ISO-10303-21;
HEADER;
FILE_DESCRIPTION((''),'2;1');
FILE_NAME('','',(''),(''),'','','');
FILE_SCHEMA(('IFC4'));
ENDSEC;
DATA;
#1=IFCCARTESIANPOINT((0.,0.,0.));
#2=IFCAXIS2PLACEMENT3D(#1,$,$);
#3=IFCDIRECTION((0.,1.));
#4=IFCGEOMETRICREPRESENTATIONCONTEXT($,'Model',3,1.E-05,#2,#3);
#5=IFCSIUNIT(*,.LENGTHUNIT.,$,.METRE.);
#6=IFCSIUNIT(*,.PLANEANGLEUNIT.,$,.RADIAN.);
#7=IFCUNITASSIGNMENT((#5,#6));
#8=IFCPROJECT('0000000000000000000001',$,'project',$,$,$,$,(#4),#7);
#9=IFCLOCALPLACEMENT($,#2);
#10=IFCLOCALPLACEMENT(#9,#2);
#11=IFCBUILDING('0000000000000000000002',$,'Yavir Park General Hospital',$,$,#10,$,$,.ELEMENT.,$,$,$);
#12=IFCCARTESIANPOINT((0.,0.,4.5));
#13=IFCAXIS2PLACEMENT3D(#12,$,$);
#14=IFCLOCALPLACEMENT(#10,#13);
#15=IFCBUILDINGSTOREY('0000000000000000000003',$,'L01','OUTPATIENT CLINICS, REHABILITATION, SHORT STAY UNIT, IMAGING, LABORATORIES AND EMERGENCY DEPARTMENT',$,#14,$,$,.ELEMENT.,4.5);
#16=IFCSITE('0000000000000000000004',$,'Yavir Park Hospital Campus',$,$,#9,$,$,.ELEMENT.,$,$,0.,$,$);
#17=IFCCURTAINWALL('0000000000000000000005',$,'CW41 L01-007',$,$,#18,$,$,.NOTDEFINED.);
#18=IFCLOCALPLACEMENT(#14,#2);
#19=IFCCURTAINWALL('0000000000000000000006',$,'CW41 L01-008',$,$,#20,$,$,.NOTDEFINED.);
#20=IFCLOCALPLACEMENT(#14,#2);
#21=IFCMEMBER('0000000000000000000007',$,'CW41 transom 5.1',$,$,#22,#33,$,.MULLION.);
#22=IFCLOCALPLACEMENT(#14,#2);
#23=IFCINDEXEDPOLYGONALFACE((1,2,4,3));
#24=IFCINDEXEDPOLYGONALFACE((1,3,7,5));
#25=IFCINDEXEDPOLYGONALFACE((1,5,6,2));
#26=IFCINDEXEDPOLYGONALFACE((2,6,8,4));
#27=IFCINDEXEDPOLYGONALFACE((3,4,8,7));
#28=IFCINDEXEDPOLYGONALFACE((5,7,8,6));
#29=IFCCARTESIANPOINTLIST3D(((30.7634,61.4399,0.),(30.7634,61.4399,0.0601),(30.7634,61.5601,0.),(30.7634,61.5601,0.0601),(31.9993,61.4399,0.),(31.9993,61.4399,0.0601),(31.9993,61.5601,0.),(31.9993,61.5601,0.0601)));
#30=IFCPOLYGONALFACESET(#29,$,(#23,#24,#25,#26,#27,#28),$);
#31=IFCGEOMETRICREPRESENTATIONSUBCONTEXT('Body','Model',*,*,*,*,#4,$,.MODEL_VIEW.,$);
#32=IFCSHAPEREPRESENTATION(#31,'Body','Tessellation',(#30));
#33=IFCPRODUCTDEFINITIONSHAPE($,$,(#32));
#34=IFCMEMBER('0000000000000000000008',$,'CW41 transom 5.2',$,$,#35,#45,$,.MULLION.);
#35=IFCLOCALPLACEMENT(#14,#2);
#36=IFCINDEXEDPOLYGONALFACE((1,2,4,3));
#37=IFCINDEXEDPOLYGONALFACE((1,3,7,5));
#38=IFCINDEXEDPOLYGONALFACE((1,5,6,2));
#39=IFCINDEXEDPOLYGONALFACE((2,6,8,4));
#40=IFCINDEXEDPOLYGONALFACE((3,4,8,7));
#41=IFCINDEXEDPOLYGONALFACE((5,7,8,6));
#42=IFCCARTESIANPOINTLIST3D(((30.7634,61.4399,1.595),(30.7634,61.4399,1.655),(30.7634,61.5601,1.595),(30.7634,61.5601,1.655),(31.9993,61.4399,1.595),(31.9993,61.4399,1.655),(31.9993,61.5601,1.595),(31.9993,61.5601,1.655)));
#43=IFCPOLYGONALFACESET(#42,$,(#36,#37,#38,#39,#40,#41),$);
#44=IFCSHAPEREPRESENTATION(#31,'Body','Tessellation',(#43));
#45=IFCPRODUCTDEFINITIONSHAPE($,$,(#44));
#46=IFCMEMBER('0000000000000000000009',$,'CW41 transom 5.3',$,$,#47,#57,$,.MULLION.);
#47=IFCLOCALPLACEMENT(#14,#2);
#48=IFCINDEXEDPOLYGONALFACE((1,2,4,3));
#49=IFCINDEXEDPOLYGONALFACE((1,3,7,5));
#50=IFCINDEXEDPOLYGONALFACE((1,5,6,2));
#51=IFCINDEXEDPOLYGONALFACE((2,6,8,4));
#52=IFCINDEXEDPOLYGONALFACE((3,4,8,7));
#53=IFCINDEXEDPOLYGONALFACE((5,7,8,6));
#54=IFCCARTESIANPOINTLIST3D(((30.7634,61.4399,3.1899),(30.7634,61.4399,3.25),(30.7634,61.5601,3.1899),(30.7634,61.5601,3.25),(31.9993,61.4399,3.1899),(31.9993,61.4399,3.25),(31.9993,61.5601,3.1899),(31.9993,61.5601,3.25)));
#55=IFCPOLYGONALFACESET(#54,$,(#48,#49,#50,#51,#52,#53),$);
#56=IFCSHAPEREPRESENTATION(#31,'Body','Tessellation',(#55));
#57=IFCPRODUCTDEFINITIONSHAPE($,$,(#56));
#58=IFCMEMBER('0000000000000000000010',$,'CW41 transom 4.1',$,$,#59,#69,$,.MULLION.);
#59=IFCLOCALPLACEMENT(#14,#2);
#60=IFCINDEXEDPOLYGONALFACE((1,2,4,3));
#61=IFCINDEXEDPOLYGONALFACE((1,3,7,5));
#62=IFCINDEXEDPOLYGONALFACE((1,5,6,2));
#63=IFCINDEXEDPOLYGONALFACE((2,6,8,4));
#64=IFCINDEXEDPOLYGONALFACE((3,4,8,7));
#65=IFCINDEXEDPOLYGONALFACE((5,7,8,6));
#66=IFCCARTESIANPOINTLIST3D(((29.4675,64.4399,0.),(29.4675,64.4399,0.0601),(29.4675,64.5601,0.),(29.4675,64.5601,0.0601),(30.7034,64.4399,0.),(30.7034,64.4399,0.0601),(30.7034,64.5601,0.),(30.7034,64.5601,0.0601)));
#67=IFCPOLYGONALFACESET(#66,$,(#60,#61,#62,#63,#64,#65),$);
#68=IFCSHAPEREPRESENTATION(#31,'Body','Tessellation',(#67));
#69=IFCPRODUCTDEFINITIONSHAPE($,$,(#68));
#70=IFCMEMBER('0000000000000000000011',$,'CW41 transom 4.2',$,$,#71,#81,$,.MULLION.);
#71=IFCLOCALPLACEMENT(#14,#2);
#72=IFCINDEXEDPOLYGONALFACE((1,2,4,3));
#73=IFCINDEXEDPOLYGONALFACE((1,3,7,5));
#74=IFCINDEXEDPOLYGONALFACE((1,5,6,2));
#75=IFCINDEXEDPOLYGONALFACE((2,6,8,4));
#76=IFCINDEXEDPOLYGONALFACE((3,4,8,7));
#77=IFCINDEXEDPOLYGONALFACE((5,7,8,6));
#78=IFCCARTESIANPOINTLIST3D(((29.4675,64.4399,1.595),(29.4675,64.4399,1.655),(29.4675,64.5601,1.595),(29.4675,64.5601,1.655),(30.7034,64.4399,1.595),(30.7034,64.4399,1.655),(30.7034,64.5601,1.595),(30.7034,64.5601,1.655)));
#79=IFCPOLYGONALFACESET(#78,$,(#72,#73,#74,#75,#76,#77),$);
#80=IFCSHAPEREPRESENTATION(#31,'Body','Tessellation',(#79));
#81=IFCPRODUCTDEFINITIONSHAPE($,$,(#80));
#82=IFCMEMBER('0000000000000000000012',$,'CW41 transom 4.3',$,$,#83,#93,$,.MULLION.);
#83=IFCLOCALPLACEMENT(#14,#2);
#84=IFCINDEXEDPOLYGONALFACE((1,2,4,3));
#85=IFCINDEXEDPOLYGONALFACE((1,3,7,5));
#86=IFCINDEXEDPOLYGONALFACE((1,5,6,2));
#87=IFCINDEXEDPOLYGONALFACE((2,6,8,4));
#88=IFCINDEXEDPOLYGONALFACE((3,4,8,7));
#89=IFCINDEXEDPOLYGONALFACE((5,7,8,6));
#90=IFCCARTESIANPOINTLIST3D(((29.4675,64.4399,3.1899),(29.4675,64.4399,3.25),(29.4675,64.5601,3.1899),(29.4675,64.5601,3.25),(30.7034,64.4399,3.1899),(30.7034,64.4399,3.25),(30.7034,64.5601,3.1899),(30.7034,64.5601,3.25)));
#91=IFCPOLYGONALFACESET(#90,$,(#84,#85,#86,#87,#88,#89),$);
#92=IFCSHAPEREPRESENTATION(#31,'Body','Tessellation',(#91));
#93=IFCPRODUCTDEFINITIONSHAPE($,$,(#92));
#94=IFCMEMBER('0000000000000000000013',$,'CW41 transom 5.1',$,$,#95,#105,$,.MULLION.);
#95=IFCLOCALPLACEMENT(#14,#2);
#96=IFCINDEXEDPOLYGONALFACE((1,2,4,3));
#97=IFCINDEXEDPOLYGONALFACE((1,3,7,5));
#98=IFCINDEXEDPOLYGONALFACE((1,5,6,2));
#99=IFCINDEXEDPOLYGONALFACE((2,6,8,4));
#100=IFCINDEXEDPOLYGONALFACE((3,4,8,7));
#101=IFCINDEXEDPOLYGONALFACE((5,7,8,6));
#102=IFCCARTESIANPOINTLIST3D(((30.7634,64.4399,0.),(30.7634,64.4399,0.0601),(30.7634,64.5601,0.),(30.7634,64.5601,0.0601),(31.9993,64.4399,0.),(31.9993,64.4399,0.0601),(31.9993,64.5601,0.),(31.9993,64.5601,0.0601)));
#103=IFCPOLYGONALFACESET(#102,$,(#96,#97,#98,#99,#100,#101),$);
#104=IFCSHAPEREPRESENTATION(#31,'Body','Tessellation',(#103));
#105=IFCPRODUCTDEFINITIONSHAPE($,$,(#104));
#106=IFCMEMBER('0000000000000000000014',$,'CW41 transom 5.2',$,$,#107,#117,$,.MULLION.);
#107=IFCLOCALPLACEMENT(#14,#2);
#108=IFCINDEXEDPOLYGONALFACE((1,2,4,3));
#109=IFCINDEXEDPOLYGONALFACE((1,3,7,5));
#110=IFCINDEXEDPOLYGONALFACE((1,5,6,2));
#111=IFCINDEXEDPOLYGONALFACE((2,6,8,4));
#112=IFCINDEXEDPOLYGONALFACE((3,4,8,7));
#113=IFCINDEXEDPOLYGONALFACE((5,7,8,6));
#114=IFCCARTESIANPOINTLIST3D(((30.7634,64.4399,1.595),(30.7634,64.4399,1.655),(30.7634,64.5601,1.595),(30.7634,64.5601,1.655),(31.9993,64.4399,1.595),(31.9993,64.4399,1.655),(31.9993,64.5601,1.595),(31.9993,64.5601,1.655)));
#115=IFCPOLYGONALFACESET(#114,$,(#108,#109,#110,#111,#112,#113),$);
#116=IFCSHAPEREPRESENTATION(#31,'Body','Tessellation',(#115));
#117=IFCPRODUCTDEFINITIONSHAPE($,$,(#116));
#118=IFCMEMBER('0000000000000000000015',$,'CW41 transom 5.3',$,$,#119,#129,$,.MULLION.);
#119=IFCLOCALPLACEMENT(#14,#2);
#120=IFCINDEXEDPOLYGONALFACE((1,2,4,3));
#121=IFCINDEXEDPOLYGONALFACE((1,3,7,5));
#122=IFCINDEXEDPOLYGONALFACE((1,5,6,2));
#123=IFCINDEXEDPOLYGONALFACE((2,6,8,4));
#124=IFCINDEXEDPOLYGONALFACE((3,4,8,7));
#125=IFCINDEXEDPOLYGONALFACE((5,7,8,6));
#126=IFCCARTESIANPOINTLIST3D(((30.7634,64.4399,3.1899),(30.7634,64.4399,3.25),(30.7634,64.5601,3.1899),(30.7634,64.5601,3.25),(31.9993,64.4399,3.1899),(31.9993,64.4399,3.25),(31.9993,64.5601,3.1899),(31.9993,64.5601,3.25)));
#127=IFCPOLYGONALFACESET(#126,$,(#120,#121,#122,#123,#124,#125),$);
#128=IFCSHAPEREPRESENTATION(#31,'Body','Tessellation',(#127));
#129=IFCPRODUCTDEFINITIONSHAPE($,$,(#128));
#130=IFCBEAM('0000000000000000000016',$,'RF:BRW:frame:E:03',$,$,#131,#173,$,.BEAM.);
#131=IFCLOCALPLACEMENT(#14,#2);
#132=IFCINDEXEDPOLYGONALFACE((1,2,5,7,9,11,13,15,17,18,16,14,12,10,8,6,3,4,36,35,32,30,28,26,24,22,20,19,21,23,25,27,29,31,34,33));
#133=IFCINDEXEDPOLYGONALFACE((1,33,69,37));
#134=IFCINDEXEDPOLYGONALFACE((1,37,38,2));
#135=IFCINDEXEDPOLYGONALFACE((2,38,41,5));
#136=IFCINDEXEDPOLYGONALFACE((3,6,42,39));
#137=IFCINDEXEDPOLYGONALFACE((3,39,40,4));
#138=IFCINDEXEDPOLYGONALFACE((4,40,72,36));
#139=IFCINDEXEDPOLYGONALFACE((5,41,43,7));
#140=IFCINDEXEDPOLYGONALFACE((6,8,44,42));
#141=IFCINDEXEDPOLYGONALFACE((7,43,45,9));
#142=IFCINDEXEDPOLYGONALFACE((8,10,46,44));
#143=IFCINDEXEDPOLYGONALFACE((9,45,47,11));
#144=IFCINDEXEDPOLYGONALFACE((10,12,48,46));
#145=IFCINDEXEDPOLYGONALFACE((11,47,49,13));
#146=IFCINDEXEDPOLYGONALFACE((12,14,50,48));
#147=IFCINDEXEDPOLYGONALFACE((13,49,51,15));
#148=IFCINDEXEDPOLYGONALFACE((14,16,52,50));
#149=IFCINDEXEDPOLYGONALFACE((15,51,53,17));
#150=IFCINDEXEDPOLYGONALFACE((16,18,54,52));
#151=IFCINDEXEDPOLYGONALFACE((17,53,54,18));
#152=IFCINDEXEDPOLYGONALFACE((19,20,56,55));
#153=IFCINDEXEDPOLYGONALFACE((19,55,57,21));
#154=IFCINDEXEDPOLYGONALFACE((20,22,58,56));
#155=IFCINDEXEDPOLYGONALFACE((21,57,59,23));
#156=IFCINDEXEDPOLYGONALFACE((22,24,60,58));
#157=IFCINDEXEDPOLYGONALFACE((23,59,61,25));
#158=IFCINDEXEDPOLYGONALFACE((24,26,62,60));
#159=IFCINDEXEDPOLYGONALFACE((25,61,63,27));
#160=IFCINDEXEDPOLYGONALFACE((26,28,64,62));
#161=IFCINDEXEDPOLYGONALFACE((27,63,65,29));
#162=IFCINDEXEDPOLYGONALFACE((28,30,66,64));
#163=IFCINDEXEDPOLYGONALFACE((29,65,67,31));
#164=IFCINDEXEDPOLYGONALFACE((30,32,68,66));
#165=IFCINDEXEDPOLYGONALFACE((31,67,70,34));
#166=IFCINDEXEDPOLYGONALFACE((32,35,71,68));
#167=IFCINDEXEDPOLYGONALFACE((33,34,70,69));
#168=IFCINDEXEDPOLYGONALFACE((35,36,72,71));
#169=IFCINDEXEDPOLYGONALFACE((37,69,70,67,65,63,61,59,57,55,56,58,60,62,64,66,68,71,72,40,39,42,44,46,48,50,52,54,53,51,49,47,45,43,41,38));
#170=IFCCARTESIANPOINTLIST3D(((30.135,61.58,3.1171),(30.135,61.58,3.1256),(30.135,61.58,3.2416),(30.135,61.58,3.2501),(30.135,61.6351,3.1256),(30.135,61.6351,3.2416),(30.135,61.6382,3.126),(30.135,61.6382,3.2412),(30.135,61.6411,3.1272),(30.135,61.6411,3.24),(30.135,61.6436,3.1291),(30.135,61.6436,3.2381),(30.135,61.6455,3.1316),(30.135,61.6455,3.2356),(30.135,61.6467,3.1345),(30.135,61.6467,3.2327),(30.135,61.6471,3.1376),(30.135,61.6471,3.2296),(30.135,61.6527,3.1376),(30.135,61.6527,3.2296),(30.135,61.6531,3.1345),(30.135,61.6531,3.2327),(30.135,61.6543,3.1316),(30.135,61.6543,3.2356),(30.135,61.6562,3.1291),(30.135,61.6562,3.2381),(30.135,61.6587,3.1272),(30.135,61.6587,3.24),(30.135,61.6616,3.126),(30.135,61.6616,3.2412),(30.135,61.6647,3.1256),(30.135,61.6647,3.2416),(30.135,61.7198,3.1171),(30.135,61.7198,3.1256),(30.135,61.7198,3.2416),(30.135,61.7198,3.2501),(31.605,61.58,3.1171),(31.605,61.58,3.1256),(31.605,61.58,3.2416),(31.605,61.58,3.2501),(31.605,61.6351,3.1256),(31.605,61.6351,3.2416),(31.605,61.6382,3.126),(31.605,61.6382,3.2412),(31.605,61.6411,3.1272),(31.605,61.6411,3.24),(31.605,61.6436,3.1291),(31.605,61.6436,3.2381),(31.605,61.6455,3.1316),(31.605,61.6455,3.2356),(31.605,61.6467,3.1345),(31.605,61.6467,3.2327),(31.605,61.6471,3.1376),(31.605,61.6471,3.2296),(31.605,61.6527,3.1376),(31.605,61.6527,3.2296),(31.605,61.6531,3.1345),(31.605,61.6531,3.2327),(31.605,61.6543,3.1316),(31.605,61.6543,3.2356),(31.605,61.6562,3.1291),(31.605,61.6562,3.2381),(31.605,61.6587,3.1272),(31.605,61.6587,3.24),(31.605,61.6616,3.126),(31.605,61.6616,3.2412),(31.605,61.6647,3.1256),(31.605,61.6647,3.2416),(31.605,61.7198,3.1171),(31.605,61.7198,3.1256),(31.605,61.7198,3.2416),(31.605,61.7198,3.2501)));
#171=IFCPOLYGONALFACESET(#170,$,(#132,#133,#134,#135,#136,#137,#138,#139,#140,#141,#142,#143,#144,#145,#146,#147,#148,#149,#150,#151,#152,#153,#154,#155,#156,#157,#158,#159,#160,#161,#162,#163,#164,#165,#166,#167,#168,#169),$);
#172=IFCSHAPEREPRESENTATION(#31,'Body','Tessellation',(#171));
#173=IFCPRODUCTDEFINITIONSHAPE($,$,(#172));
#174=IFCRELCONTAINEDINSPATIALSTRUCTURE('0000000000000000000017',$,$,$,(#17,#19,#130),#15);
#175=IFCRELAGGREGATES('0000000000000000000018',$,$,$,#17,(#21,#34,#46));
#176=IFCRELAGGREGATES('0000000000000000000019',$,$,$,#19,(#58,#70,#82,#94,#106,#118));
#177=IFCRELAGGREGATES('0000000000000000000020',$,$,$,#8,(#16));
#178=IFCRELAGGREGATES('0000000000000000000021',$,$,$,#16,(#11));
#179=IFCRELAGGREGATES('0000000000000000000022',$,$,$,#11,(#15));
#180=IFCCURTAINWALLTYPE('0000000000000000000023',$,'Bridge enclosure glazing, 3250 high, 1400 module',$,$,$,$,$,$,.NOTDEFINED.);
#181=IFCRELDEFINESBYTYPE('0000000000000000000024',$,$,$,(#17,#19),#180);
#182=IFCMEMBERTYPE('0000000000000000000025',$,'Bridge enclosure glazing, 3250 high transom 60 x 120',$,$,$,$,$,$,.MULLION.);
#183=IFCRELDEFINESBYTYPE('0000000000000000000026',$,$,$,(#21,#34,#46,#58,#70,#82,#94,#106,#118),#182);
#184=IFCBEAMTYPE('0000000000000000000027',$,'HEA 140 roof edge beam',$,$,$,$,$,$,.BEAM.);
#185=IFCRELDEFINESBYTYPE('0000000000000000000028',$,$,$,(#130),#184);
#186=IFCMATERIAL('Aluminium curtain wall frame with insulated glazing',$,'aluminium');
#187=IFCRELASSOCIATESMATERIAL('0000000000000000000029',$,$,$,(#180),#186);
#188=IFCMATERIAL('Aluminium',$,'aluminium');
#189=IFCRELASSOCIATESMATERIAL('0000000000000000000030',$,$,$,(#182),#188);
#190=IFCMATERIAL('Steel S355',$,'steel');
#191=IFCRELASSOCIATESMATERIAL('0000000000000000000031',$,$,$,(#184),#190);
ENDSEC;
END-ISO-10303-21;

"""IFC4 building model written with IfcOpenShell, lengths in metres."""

from ifc_helpers import new_model, si_unit, direction, frame, origin, origin_2d, place, context, subcontext, project, spatial, rectangle, i_section, extrude, material, material_profile, profile_set, type_object, element, aggregate, save


model = new_model("IFC4")

# Units and contexts
model_context = context("Model", 3, precision=1e-05, world=origin(), true_north=direction((0.0, 1.0)))
body_context = subcontext(model_context, "Body", "Model", "MODEL_VIEW")
ifc_project = project(units=[si_unit("LENGTHUNIT", "METRE"), si_unit("PLANEANGLEUNIT", "RADIAN")], contexts=[model_context])

# Site, building, storey
site_placement = place(None, origin())
site = spatial("IfcSite", under=ifc_project, at=site_placement, Name="Yavir Park Hospital Campus", CompositionType="ELEMENT", RefElevation=0.0)
building_placement = place(site_placement, origin())
building = spatial("IfcBuilding", under=site, at=building_placement, Name="Yavir Park General Hospital", CompositionType="ELEMENT")
storey_placement = place(building_placement, frame((0.0, 0.0, 4.5)))
storey = spatial("IfcBuildingStorey", under=building, at=storey_placement, Name="L01", Description="OUTPATIENT CLINICS, REHABILITATION, SHORT STAY UNIT, IMAGING, LABORATORIES AND EMERGENCY DEPARTMENT", CompositionType="ELEMENT", Elevation=4.5)

# Curtain walls
ifc_material_1 = material(Name="Aluminium curtain wall frame with insulated glazing", Category="aluminium")
curtain_wall_type = type_object("IfcCurtainWallType", Name="Bridge enclosure glazing, 3250 high, 1400 module", PredefinedType="NOTDEFINED", material=ifc_material_1)
curtain_wall_1_placement = place(storey_placement, origin())
curtain_wall_1 = element("IfcCurtainWall", 1, at=curtain_wall_1_placement, inside=storey, type_object=curtain_wall_type, Name="CW41 L01-007", PredefinedType="NOTDEFINED")
curtain_wall_2_placement = place(storey_placement, origin())
curtain_wall_2 = element("IfcCurtainWall", 2, at=curtain_wall_2_placement, inside=storey, type_object=curtain_wall_type, Name="CW41 L01-008", PredefinedType="NOTDEFINED")

# Members
ifc_material_2 = material(Name="Aluminium", Category="aluminium")
ifc_material_profile_1 = material_profile(ifc_material_2, rectangle(XDim=0.1201, YDim=0.0601, at=origin_2d()), Name="AL 120x60")
ifc_profile_set_1 = profile_set([ifc_material_profile_1], Name="Aluminium")
member_type_1 = type_object("IfcMemberType", Name="Bridge enclosure glazing, 3250 high transom 60 x 120", PredefinedType="MULLION", material=ifc_profile_set_1)
member_1_placement = place(storey_placement, frame((30.7634, 61.5, 0.03), z_axis=(1.0, 0.0, 0.0), x_axis=(0.0, 1.0, 0.0)))
member_1 = element("IfcMember", 3, at=member_1_placement, type_object=member_type_1, Name="CW41 transom 5.1", PredefinedType="MULLION", context=body_context, shape_type="SweptSolid", body=[
    extrude(rectangle(XDim=0.1201, YDim=0.0601, at=origin_2d()), origin(), (0.0, 0.0, 1.0), 1.2358),
])
member_2_placement = place(storey_placement, frame((30.7634, 61.5, 1.625), z_axis=(1.0, 0.0, 0.0), x_axis=(0.0, 1.0, 0.0)))
member_2 = element("IfcMember", 4, at=member_2_placement, type_object=member_type_1, Name="CW41 transom 5.2", PredefinedType="MULLION", context=body_context, shape_type="SweptSolid", body=[
    extrude(rectangle(XDim=0.1201, YDim=0.0601, at=origin_2d()), origin(), (0.0, 0.0, 1.0), 1.2358),
])
member_3_placement = place(storey_placement, frame((30.7634, 61.5, 3.22), z_axis=(1.0, 0.0, 0.0), x_axis=(0.0, 1.0, 0.0)))
member_3 = element("IfcMember", 5, at=member_3_placement, type_object=member_type_1, Name="CW41 transom 5.3", PredefinedType="MULLION", context=body_context, shape_type="SweptSolid", body=[
    extrude(rectangle(XDim=0.1201, YDim=0.0601, at=origin_2d()), origin(), (0.0, 0.0, 1.0), 1.2358),
])
member_4_placement = place(storey_placement, frame((29.4675, 64.5, 0.03), z_axis=(1.0, 0.0, 0.0), x_axis=(0.0, 1.0, 0.0)))
member_4 = element("IfcMember", 6, at=member_4_placement, type_object=member_type_1, Name="CW41 transom 4.1", PredefinedType="MULLION", context=body_context, shape_type="SweptSolid", body=[
    extrude(rectangle(XDim=0.1201, YDim=0.0601, at=origin_2d()), origin(), (0.0, 0.0, 1.0), 1.2358),
])
member_5_placement = place(storey_placement, frame((29.4675, 64.5, 1.625), z_axis=(1.0, 0.0, 0.0), x_axis=(0.0, 1.0, 0.0)))
member_5 = element("IfcMember", 7, at=member_5_placement, type_object=member_type_1, Name="CW41 transom 4.2", PredefinedType="MULLION", context=body_context, shape_type="SweptSolid", body=[
    extrude(rectangle(XDim=0.1201, YDim=0.0601, at=origin_2d()), origin(), (0.0, 0.0, 1.0), 1.2358),
])
member_6_placement = place(storey_placement, frame((29.4675, 64.5, 3.22), z_axis=(1.0, 0.0, 0.0), x_axis=(0.0, 1.0, 0.0)))
member_6 = element("IfcMember", 8, at=member_6_placement, type_object=member_type_1, Name="CW41 transom 4.3", PredefinedType="MULLION", context=body_context, shape_type="SweptSolid", body=[
    extrude(rectangle(XDim=0.1201, YDim=0.0601, at=origin_2d()), origin(), (0.0, 0.0, 1.0), 1.2358),
])
member_7_placement = place(storey_placement, frame((30.7634, 64.5, 0.03), z_axis=(1.0, 0.0, 0.0), x_axis=(0.0, 1.0, 0.0)))
member_7 = element("IfcMember", 9, at=member_7_placement, type_object=member_type_1, Name="CW41 transom 5.1", PredefinedType="MULLION", context=body_context, shape_type="SweptSolid", body=[
    extrude(rectangle(XDim=0.1201, YDim=0.0601, at=origin_2d()), origin(), (0.0, 0.0, 1.0), 1.2358),
])
member_8_placement = place(storey_placement, frame((30.7634, 64.5, 1.625), z_axis=(1.0, 0.0, 0.0), x_axis=(0.0, 1.0, 0.0)))
member_8 = element("IfcMember", 10, at=member_8_placement, type_object=member_type_1, Name="CW41 transom 5.2", PredefinedType="MULLION", context=body_context, shape_type="SweptSolid", body=[
    extrude(rectangle(XDim=0.1201, YDim=0.0601, at=origin_2d()), origin(), (0.0, 0.0, 1.0), 1.2358),
])
member_9_placement = place(storey_placement, frame((30.7634, 64.5, 3.22), z_axis=(1.0, 0.0, 0.0), x_axis=(0.0, 1.0, 0.0)))
member_9 = element("IfcMember", 11, at=member_9_placement, type_object=member_type_1, Name="CW41 transom 5.3", PredefinedType="MULLION", context=body_context, shape_type="SweptSolid", body=[
    extrude(rectangle(XDim=0.1201, YDim=0.0601, at=origin_2d()), origin(), (0.0, 0.0, 1.0), 1.2358),
])

# Beam
ifc_material_3 = material(Name="Steel S355", Category="steel")
ifc_material_profile_2 = material_profile(ifc_material_3, i_section(OverallWidth=0.1399, OverallDepth=0.1331, WebThickness=0.0056, FlangeThickness=0.0085, FilletRadius=0.012, at=origin_2d()), Name="HEA140")
ifc_profile_set_2 = profile_set([ifc_material_profile_2], Name="Steel S355")
beam_type_1 = type_object("IfcBeamType", Name="HEA 140 roof edge beam", PredefinedType="BEAM", material=ifc_profile_set_2)
for number, where, z_axis, x_axis, name in (
    (12, (30.135, 61.6499, 3.1836), (1.0, 0.0, 0.0), (0.0, 1.0, 0.0), "RF:BRW:frame:E:03"),
):
    element("IfcBeam", number, at=place(storey_placement, frame(where, z_axis=z_axis, x_axis=x_axis)), inside=storey, type_object=beam_type_1, Name=name, PredefinedType="BEAM", context=body_context, shape_type="SweptSolid", body=[
        extrude(i_section(OverallWidth=0.1399, OverallDepth=0.1331, WebThickness=0.0056, FlangeThickness=0.0085, FilletRadius=0.012, at=origin_2d()), origin(), (0.0, 0.0, 1.0), 1.47),
    ])

aggregate(curtain_wall_1, [member_1, member_2, member_3])
aggregate(curtain_wall_2, [member_4, member_5, member_6, member_7, member_8, member_9])

save(model, "model.ifc")
